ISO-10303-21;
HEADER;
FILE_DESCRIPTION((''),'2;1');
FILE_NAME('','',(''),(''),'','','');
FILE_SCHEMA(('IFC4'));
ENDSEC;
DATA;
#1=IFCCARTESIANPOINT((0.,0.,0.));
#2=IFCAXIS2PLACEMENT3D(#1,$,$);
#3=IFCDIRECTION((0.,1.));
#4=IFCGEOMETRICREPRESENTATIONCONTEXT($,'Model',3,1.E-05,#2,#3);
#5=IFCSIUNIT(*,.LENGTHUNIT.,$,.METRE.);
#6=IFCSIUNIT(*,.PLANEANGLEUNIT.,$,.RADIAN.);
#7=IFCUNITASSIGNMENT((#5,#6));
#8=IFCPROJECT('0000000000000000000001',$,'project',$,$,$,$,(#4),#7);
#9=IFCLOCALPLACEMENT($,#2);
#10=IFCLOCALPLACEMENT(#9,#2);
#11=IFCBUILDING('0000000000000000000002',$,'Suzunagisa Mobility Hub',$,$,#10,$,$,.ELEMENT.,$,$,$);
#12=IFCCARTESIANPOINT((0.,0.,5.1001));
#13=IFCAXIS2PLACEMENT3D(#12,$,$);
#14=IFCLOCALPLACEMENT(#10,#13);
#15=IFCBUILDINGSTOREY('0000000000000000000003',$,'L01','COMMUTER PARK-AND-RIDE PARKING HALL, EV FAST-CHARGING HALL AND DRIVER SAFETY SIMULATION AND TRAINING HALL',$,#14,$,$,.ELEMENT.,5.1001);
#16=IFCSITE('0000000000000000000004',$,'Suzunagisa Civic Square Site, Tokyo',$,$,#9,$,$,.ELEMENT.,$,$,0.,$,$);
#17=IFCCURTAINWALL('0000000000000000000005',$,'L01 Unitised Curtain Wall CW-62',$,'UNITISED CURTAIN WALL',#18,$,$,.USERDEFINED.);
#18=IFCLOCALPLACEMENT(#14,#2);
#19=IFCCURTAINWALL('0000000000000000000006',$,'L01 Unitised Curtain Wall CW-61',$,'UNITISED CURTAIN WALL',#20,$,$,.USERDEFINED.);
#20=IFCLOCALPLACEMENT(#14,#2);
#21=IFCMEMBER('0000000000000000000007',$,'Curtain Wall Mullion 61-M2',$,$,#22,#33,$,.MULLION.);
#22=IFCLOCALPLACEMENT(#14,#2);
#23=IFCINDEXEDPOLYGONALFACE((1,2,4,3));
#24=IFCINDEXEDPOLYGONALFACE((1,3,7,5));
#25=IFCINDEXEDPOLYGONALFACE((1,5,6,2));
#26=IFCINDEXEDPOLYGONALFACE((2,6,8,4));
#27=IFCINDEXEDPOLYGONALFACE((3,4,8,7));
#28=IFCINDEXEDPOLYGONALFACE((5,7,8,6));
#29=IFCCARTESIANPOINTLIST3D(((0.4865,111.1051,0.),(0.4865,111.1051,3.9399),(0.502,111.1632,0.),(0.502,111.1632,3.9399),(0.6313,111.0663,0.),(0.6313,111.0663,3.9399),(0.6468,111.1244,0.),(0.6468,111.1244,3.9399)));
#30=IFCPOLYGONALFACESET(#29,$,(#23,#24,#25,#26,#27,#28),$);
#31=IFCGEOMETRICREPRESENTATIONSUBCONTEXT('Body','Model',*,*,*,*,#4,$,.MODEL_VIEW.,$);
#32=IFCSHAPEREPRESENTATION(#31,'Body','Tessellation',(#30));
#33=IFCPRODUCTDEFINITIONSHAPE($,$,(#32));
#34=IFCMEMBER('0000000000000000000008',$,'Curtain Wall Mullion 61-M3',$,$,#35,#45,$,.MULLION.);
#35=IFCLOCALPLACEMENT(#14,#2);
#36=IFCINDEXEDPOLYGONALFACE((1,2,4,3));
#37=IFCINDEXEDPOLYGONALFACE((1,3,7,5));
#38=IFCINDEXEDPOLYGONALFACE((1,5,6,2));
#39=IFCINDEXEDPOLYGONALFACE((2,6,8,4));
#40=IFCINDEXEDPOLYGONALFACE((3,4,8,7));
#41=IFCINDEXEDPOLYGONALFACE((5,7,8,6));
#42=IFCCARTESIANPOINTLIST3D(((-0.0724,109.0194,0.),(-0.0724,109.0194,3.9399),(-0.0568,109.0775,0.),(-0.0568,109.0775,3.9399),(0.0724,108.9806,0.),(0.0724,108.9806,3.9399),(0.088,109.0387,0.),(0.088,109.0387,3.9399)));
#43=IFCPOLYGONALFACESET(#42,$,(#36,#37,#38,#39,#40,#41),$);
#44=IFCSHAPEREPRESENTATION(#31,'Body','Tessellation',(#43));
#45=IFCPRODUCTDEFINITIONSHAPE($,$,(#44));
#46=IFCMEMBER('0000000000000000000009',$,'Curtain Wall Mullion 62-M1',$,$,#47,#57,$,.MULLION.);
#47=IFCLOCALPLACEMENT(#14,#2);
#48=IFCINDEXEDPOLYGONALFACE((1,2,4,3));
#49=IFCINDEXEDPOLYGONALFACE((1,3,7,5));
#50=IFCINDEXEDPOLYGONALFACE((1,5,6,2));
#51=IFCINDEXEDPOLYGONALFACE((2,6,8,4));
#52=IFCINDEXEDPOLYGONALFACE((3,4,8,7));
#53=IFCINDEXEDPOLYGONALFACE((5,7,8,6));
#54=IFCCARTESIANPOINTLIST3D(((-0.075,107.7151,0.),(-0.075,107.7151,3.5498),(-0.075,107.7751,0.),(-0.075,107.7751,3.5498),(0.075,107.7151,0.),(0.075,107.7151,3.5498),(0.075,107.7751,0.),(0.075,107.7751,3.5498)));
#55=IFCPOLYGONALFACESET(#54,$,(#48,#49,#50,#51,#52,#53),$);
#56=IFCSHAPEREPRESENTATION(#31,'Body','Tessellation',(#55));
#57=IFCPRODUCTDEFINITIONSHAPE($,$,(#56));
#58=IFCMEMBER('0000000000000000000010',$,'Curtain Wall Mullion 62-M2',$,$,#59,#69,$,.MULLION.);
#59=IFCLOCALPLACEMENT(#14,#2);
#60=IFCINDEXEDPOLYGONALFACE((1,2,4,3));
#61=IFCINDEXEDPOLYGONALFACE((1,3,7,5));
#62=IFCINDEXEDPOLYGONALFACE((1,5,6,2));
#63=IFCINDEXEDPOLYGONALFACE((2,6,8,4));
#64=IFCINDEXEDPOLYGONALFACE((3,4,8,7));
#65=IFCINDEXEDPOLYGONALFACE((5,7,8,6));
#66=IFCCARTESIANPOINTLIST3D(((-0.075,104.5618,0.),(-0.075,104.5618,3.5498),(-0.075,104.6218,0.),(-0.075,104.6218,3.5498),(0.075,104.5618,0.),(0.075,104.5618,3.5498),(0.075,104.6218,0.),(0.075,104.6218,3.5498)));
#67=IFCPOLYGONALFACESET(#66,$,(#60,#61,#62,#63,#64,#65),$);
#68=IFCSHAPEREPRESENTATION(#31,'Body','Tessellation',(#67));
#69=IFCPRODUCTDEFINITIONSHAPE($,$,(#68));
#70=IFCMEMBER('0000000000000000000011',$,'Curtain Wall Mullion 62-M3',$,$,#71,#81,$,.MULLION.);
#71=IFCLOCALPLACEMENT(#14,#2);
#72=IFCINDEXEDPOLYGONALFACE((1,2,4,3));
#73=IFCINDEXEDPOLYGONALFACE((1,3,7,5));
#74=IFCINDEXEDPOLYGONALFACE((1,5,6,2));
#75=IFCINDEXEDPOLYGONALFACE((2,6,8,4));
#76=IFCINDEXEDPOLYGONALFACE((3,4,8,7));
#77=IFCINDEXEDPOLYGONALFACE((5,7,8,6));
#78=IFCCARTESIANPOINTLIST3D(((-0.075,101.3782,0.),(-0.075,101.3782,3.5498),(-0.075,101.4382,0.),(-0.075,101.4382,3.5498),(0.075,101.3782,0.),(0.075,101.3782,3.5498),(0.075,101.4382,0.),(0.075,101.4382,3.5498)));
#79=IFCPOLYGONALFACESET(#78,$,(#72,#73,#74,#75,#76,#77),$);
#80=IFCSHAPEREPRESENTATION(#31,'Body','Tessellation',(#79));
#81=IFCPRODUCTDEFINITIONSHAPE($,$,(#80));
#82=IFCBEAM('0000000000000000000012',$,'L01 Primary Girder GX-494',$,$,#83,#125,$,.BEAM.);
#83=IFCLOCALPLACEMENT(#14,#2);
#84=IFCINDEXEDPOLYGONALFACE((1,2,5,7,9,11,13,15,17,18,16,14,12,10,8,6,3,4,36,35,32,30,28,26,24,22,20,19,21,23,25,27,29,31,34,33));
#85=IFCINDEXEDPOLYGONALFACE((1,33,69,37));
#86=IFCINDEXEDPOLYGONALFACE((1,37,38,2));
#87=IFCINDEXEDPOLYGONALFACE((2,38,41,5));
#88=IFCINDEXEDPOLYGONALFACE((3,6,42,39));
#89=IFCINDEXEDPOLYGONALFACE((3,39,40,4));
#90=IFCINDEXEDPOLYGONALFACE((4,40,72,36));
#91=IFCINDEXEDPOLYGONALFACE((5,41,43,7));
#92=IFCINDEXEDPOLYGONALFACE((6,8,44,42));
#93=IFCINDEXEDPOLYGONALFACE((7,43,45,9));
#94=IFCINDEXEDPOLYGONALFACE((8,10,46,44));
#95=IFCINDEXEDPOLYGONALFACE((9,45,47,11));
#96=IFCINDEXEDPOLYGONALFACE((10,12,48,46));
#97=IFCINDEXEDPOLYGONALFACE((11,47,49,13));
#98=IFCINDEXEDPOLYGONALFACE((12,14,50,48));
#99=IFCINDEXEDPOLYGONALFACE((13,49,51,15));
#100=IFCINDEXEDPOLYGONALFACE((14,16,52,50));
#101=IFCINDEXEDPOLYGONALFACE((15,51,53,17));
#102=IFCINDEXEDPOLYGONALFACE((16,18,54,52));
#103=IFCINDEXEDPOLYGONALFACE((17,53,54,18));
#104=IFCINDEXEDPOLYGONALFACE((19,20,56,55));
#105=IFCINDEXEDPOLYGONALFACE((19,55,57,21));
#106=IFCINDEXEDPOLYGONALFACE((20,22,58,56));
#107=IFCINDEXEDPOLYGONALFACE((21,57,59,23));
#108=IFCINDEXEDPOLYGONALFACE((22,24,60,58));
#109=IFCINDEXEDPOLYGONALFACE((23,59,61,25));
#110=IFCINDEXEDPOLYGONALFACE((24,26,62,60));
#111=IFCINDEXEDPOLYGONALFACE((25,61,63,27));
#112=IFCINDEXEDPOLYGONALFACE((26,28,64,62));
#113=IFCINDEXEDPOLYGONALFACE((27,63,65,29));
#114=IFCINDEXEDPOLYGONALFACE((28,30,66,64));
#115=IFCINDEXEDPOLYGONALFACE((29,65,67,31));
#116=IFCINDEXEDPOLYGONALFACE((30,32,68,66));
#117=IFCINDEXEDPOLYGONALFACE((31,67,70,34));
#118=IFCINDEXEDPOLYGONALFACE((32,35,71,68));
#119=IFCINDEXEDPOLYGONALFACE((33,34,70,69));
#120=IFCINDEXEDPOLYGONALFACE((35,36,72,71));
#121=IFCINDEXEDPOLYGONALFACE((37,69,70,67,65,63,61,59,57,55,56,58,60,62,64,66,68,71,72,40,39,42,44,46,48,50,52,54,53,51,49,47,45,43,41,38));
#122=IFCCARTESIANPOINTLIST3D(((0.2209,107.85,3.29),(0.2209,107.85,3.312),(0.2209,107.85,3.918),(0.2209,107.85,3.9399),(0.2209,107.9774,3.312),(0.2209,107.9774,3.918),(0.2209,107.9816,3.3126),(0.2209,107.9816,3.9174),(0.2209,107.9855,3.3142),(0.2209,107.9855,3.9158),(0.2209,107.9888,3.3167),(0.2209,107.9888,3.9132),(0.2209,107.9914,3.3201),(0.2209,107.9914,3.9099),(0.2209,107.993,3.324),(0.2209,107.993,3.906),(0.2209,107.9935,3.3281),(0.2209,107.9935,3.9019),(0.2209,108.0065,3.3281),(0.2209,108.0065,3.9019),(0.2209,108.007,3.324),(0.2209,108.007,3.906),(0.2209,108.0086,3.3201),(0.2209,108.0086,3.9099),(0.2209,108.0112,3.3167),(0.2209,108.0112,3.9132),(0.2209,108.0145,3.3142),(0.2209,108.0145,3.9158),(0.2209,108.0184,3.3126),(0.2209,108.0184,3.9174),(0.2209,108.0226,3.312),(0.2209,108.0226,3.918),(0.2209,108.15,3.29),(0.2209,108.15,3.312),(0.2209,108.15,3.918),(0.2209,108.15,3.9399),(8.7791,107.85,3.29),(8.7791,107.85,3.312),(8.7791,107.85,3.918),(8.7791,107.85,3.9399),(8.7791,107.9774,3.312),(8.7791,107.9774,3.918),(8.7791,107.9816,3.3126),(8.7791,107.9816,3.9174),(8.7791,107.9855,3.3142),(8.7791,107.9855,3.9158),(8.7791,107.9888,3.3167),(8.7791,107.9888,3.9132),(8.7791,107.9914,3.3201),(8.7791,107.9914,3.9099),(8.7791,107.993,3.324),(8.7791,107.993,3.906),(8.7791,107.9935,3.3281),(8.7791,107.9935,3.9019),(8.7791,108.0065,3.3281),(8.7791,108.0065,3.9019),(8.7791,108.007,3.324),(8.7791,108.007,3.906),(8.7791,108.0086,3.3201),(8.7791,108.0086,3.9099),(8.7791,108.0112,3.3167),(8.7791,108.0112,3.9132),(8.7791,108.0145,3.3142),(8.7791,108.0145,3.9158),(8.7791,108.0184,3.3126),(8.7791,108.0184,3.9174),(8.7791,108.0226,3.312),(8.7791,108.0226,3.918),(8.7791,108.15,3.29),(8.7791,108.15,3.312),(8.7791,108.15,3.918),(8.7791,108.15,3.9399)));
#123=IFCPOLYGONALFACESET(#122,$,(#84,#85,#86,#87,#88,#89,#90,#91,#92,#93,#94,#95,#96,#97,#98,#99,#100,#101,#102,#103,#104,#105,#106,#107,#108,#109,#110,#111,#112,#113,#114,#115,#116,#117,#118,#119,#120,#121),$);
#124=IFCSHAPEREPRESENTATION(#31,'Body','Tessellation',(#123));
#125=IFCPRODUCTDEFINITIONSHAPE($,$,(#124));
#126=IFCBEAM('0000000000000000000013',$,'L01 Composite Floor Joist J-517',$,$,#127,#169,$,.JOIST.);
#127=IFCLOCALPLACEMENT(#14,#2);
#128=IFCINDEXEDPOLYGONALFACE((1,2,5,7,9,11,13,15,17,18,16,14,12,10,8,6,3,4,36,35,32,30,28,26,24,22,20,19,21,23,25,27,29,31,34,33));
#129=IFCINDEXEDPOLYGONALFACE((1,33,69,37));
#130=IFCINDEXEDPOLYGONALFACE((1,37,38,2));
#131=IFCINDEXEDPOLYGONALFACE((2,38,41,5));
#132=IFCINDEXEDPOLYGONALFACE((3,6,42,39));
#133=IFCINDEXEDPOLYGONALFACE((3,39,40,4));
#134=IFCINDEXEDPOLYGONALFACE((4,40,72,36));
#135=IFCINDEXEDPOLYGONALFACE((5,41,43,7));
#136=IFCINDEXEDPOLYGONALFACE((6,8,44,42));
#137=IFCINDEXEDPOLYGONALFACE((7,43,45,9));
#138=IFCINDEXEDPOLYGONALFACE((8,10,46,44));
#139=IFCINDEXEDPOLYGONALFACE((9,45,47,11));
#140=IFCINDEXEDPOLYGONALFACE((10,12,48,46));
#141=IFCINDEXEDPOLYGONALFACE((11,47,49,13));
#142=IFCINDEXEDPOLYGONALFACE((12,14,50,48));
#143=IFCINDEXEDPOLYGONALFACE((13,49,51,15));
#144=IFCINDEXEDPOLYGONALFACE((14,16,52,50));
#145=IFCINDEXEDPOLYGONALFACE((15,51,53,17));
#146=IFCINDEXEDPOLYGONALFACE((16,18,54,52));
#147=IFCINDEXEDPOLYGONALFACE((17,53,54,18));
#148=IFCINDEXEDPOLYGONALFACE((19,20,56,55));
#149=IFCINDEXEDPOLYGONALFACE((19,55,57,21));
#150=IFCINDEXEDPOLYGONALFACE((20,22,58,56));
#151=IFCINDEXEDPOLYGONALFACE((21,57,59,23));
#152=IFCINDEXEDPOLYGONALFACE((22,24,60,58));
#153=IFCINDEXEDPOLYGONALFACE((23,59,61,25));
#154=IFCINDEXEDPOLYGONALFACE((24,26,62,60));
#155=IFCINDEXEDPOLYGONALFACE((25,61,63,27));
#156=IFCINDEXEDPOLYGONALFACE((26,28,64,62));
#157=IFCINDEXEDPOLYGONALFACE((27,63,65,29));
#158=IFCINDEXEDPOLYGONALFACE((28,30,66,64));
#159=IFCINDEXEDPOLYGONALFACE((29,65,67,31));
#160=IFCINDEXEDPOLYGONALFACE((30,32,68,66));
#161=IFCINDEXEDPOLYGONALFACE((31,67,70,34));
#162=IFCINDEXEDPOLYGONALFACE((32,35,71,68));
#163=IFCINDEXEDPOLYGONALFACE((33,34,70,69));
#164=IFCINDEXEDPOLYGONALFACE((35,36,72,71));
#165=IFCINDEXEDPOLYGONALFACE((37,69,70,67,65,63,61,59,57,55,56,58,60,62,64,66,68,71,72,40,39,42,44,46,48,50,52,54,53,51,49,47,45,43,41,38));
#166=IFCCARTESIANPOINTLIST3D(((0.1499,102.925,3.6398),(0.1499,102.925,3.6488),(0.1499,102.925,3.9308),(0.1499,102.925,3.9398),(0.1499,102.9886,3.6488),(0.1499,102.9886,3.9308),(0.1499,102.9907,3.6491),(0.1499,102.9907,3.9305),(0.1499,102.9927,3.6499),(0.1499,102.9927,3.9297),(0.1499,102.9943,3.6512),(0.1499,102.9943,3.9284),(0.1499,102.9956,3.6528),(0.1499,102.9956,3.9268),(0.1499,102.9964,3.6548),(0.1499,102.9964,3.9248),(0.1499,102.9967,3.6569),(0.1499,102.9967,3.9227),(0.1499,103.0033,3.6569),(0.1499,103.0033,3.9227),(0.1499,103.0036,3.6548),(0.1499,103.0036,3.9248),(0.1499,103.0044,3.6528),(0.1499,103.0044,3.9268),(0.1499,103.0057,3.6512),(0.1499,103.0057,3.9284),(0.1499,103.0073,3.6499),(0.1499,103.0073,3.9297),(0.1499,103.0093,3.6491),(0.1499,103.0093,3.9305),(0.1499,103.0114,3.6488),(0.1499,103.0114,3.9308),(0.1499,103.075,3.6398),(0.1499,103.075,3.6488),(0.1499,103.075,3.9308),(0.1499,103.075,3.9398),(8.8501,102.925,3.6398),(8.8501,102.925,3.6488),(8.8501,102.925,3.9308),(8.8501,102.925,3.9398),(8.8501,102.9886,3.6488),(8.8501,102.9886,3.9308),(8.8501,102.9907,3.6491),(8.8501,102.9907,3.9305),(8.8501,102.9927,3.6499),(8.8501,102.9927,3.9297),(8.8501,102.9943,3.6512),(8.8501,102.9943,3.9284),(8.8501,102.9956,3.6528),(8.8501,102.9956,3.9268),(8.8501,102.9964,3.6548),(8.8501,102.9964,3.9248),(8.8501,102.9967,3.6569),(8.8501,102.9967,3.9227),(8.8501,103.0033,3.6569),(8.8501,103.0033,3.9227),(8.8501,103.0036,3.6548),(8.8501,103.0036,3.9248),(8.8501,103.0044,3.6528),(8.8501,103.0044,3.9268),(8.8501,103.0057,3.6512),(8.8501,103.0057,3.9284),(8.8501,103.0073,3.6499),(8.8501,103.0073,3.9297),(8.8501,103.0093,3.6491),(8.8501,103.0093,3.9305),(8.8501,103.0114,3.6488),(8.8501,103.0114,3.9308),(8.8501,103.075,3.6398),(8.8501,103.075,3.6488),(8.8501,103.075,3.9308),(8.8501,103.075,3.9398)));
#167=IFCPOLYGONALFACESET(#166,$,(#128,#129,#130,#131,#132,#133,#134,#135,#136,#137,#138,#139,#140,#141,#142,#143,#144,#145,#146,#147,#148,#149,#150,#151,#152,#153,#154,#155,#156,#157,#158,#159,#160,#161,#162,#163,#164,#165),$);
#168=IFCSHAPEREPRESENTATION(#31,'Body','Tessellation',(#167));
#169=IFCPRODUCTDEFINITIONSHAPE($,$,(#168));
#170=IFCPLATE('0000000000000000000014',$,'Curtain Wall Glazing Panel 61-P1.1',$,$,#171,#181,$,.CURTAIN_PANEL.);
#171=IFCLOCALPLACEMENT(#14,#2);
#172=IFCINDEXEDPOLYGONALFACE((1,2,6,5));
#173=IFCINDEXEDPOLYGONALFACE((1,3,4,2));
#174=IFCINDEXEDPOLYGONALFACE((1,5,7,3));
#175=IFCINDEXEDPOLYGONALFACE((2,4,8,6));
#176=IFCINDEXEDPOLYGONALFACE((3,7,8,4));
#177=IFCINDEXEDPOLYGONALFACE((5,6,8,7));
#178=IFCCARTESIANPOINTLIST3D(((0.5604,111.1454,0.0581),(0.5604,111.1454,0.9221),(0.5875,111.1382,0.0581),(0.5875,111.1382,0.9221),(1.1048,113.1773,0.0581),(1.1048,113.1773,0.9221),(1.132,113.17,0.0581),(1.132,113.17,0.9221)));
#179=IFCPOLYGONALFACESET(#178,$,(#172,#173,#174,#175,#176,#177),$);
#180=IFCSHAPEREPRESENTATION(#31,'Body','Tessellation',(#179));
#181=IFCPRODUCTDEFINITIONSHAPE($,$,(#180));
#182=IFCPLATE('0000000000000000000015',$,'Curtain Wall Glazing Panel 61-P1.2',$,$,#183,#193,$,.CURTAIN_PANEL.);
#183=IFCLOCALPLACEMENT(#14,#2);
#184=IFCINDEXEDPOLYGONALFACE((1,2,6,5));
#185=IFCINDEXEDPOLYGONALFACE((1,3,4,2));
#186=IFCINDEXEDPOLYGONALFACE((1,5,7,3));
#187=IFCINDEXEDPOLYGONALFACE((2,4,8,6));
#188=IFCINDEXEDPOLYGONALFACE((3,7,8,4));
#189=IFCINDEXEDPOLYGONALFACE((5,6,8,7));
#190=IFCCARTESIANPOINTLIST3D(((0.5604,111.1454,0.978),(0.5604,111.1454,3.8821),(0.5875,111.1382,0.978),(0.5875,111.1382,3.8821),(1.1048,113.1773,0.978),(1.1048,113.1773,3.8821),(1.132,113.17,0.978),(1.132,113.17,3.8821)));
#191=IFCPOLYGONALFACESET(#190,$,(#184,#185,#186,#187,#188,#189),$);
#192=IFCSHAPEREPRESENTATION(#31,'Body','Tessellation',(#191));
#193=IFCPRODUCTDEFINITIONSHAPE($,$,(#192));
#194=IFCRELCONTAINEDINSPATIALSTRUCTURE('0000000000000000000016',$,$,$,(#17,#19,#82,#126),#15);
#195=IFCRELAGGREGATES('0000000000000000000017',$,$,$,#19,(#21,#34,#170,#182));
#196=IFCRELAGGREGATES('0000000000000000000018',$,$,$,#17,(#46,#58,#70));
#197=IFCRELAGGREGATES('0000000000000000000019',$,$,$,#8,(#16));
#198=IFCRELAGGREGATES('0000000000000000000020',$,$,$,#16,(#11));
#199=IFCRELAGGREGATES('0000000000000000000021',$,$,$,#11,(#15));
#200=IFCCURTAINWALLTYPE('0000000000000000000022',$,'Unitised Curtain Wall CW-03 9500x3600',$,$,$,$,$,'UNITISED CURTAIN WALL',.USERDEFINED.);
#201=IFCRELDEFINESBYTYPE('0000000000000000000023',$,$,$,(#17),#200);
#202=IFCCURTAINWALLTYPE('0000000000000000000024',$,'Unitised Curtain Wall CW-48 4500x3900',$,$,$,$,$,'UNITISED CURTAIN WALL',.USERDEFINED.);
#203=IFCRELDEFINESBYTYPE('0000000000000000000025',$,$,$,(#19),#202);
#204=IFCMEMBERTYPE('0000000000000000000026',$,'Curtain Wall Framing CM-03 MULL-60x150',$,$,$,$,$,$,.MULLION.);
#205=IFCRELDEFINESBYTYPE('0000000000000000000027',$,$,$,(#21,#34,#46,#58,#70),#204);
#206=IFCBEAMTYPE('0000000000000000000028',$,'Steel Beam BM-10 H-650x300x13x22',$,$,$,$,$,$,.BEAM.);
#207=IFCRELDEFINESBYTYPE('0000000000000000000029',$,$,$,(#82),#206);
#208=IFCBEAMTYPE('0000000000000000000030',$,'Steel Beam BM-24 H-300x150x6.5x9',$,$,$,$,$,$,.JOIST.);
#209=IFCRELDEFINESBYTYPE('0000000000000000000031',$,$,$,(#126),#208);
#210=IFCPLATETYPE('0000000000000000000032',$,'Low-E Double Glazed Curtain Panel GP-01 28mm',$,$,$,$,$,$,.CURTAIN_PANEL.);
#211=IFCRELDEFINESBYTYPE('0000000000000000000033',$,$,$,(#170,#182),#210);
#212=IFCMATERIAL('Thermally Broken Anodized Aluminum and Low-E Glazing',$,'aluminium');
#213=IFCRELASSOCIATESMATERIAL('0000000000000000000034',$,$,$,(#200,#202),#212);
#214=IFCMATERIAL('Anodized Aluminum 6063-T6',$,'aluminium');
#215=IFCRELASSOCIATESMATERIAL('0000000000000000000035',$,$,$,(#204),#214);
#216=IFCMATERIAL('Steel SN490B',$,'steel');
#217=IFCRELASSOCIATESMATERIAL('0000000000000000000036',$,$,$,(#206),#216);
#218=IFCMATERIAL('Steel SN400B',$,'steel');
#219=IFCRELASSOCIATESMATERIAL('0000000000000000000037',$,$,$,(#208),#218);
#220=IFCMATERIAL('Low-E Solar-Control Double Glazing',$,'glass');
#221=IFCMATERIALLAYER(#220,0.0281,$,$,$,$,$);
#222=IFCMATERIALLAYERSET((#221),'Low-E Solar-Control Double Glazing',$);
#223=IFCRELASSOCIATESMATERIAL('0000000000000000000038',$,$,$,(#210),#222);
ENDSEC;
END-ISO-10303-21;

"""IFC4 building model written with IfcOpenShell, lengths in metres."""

from ifc_helpers import new_model, si_unit, direction, frame, origin, origin_2d, place, context, subcontext, project, spatial, rectangle, i_section, extrude, material, layer, layer_set, material_profile, profile_set, type_object, element, aggregate, save


model = new_model("IFC4")

# Units and contexts
model_context = context("Model", 3, precision=1e-05, world=origin(), true_north=direction((0.0, 1.0)))
body_context = subcontext(model_context, "Body", "Model", "MODEL_VIEW")
ifc_project = project(units=[si_unit("LENGTHUNIT", "METRE"), si_unit("PLANEANGLEUNIT", "RADIAN")], contexts=[model_context])

# Site, building, storey
site_placement = place(None, origin())
site = spatial("IfcSite", under=ifc_project, at=site_placement, Name="Suzunagisa Civic Square Site, Tokyo", CompositionType="ELEMENT", RefElevation=0.0)
building_placement = place(site_placement, origin())
building = spatial("IfcBuilding", under=site, at=building_placement, Name="Suzunagisa Mobility Hub", CompositionType="ELEMENT")
storey_placement = place(building_placement, frame((0.0, 0.0, 5.1001)))
storey = spatial("IfcBuildingStorey", under=building, at=storey_placement, Name="L01", Description="COMMUTER PARK-AND-RIDE PARKING HALL, EV FAST-CHARGING HALL AND DRIVER SAFETY SIMULATION AND TRAINING HALL", CompositionType="ELEMENT", Elevation=5.1001)

# Shared definitions
ifc_material_1 = material(Name="Steel SN490B", Category="steel")

# Curtain walls, members
ifc_material_2 = material(Name="Thermally Broken Anodized Aluminum and Low-E Glazing", Category="aluminium")
curtain_wall_type_1 = type_object("IfcCurtainWallType", Name="Unitised Curtain Wall CW-03 9500x3600", ElementType="UNITISED CURTAIN WALL", PredefinedType="USERDEFINED", material=ifc_material_2)
curtain_wall_1_placement = place(storey_placement, origin())
curtain_wall_1 = element("IfcCurtainWall", 1, at=curtain_wall_1_placement, inside=storey, type_object=curtain_wall_type_1, Name="L01 Unitised Curtain Wall CW-62", ObjectType="UNITISED CURTAIN WALL", PredefinedType="USERDEFINED")
ifc_material_3 = material(Name="Anodized Aluminum 6063-T6", Category="aluminium")
curtain_wall_type_2 = type_object("IfcCurtainWallType", Name="Unitised Curtain Wall CW-48 4500x3900", ElementType="UNITISED CURTAIN WALL", PredefinedType="USERDEFINED", material=ifc_material_2)
curtain_wall_2_placement = place(storey_placement, origin())
curtain_wall_2 = element("IfcCurtainWall", 2, at=curtain_wall_2_placement, inside=storey, type_object=curtain_wall_type_2, Name="L01 Unitised Curtain Wall CW-61", ObjectType="UNITISED CURTAIN WALL", PredefinedType="USERDEFINED")
ifc_material_profile_1 = material_profile(ifc_material_3, rectangle(XDim=0.0601, YDim=0.1499, at=origin_2d()), Name="MULL-60x150")
ifc_profile_set_1 = profile_set([ifc_material_profile_1], Name="Anodized Aluminum 6063-T6")
member_type_1 = type_object("IfcMemberType", Name="Curtain Wall Framing CM-03 MULL-60x150", PredefinedType="MULLION", material=ifc_profile_set_1)
member_1_placement = place(storey_placement, frame((0.5667, 111.1147, 0.0), z_axis=(0.0, 0.0, 1.0), x_axis=(-0.258815, -0.965927, 0.0)))
member_1 = element("IfcMember", 3, at=member_1_placement, type_object=member_type_1, Name="Curtain Wall Mullion 61-M2", PredefinedType="MULLION", context=body_context, shape_type="SweptSolid", body=[
    extrude(rectangle(XDim=0.0601, YDim=0.1499, at=origin_2d()), origin(), (0.0, 0.0, 1.0), 3.9399),
])
member_2_placement = place(storey_placement, frame((0.0078, 109.0291, 0.0), z_axis=(0.0, 0.0, 1.0), x_axis=(-0.258815, -0.965927, 0.0)))
member_2 = element("IfcMember", 4, at=member_2_placement, type_object=member_type_1, Name="Curtain Wall Mullion 61-M3", PredefinedType="MULLION", context=body_context, shape_type="SweptSolid", body=[
    extrude(rectangle(XDim=0.0601, YDim=0.1499, at=origin_2d()), origin(), (0.0, 0.0, 1.0), 3.9399),
])

# Members
member_3_placement = place(storey_placement, frame((0.0, 107.7451, 0.0), z_axis=(0.0, 0.0, 1.0), x_axis=(0.0, -1.0, 0.0)))
member_3 = element("IfcMember", 5, at=member_3_placement, type_object=member_type_1, Name="Curtain Wall Mullion 62-M1", PredefinedType="MULLION", context=body_context, shape_type="SweptSolid", body=[
    extrude(rectangle(XDim=0.0601, YDim=0.1499, at=origin_2d()), origin(), (0.0, 0.0, 1.0), 3.5498),
])
member_4_placement = place(storey_placement, frame((0.0, 104.5918, 0.0), z_axis=(0.0, 0.0, 1.0), x_axis=(0.0, -1.0, 0.0)))
member_4 = element("IfcMember", 6, at=member_4_placement, type_object=member_type_1, Name="Curtain Wall Mullion 62-M2", PredefinedType="MULLION", context=body_context, shape_type="SweptSolid", body=[
    extrude(rectangle(XDim=0.0601, YDim=0.1499, at=origin_2d()), origin(), (0.0, 0.0, 1.0), 3.5498),
])
member_5_placement = place(storey_placement, frame((0.0, 101.4082, 0.0), z_axis=(0.0, 0.0, 1.0), x_axis=(0.0, -1.0, 0.0)))
member_5 = element("IfcMember", 7, at=member_5_placement, type_object=member_type_1, Name="Curtain Wall Mullion 62-M3", PredefinedType="MULLION", context=body_context, shape_type="SweptSolid", body=[
    extrude(rectangle(XDim=0.0601, YDim=0.1499, at=origin_2d()), origin(), (0.0, 0.0, 1.0), 3.5498),
])

# Beams
ifc_material_profile_2 = material_profile(ifc_material_1, i_section(OverallWidth=0.3, OverallDepth=0.6499, WebThickness=0.0129, FlangeThickness=0.022, FilletRadius=0.0161, at=origin_2d()), Name="H-650x300x13x22")
ifc_profile_set_2 = profile_set([ifc_material_profile_2], Name="Steel SN490B")
beam_type_1 = type_object("IfcBeamType", Name="Steel Beam BM-10 H-650x300x13x22", PredefinedType="BEAM", material=ifc_profile_set_2)
beam_1_placement = place(storey_placement, frame((0.2209, 108.0, 3.615), z_axis=(1.0, 0.0, 0.0), x_axis=(0.0, 1.0, 0.0)))
element("IfcBeam", 8, at=beam_1_placement, inside=storey, type_object=beam_type_1, Name="L01 Primary Girder GX-494", PredefinedType="BEAM", context=body_context, shape_type="SweptSolid", body=[
    extrude(i_section(OverallWidth=0.3, OverallDepth=0.6499, WebThickness=0.0129, FlangeThickness=0.022, FilletRadius=0.0161, at=origin_2d()), origin(), (0.0, 0.0, 1.0), 8.5581),
])
ifc_material_4 = material(Name="Steel SN400B", Category="steel")
ifc_material_profile_3 = material_profile(ifc_material_4, i_section(OverallWidth=0.1499, OverallDepth=0.3, WebThickness=0.0066, FlangeThickness=0.009, FilletRadius=0.0081, at=origin_2d()), Name="H-300x150x6.5x9")
ifc_profile_set_3 = profile_set([ifc_material_profile_3], Name="Steel SN400B")
beam_type_2 = type_object("IfcBeamType", Name="Steel Beam BM-24 H-300x150x6.5x9", PredefinedType="JOIST", material=ifc_profile_set_3)
beam_2_placement = place(storey_placement, frame((0.1499, 103.0, 3.7898), z_axis=(1.0, 0.0, 0.0), x_axis=(0.0, 1.0, 0.0)))
element("IfcBeam", 9, at=beam_2_placement, inside=storey, type_object=beam_type_2, Name="L01 Composite Floor Joist J-517", PredefinedType="JOIST", context=body_context, shape_type="SweptSolid", body=[
    extrude(i_section(OverallWidth=0.1499, OverallDepth=0.3, WebThickness=0.0066, FlangeThickness=0.009, FilletRadius=0.0081, at=origin_2d()), origin(), (0.0, 0.0, 1.0), 8.7002),
])

# Plates
ifc_material_5 = material(Name="Low-E Solar-Control Double Glazing", Category="glass")
ifc_layer_1 = layer(ifc_material_5, 0.0281)
ifc_layer_set_1 = layer_set([ifc_layer_1], Name="Low-E Solar-Control Double Glazing")
plate_type = type_object("IfcPlateType", Name="Low-E Double Glazed Curtain Panel GP-01 28mm", PredefinedType="CURTAIN_PANEL", material=ifc_layer_set_1)
plate_1_placement = place(storey_placement, frame((0.8462, 112.1577, 0.0581), z_axis=(0.0, 0.0, 1.0), x_axis=(-0.258815, -0.965927, 0.0)))
plate_1 = element("IfcPlate", 10, at=plate_1_placement, type_object=plate_type, Name="Curtain Wall Glazing Panel 61-P1.1", PredefinedType="CURTAIN_PANEL", context=body_context, shape_type="SweptSolid", body=[
    extrude(rectangle(XDim=2.1035, YDim=0.0281, at=origin_2d()), origin(), (0.0, 0.0, 1.0), 0.864),
])
plate_2_placement = place(storey_placement, frame((0.8462, 112.1577, 0.978), z_axis=(0.0, 0.0, 1.0), x_axis=(-0.258815, -0.965927, 0.0)))
plate_2 = element("IfcPlate", 11, at=plate_2_placement, type_object=plate_type, Name="Curtain Wall Glazing Panel 61-P1.2", PredefinedType="CURTAIN_PANEL", context=body_context, shape_type="SweptSolid", body=[
    extrude(rectangle(XDim=2.1035, YDim=0.0281, at=origin_2d()), origin(), (0.0, 0.0, 1.0), 2.9041),
])
aggregate(curtain_wall_2, [member_1, member_2, plate_1, plate_2])
aggregate(curtain_wall_1, [member_3, member_4, member_5])

save(model, "model.ifc")
